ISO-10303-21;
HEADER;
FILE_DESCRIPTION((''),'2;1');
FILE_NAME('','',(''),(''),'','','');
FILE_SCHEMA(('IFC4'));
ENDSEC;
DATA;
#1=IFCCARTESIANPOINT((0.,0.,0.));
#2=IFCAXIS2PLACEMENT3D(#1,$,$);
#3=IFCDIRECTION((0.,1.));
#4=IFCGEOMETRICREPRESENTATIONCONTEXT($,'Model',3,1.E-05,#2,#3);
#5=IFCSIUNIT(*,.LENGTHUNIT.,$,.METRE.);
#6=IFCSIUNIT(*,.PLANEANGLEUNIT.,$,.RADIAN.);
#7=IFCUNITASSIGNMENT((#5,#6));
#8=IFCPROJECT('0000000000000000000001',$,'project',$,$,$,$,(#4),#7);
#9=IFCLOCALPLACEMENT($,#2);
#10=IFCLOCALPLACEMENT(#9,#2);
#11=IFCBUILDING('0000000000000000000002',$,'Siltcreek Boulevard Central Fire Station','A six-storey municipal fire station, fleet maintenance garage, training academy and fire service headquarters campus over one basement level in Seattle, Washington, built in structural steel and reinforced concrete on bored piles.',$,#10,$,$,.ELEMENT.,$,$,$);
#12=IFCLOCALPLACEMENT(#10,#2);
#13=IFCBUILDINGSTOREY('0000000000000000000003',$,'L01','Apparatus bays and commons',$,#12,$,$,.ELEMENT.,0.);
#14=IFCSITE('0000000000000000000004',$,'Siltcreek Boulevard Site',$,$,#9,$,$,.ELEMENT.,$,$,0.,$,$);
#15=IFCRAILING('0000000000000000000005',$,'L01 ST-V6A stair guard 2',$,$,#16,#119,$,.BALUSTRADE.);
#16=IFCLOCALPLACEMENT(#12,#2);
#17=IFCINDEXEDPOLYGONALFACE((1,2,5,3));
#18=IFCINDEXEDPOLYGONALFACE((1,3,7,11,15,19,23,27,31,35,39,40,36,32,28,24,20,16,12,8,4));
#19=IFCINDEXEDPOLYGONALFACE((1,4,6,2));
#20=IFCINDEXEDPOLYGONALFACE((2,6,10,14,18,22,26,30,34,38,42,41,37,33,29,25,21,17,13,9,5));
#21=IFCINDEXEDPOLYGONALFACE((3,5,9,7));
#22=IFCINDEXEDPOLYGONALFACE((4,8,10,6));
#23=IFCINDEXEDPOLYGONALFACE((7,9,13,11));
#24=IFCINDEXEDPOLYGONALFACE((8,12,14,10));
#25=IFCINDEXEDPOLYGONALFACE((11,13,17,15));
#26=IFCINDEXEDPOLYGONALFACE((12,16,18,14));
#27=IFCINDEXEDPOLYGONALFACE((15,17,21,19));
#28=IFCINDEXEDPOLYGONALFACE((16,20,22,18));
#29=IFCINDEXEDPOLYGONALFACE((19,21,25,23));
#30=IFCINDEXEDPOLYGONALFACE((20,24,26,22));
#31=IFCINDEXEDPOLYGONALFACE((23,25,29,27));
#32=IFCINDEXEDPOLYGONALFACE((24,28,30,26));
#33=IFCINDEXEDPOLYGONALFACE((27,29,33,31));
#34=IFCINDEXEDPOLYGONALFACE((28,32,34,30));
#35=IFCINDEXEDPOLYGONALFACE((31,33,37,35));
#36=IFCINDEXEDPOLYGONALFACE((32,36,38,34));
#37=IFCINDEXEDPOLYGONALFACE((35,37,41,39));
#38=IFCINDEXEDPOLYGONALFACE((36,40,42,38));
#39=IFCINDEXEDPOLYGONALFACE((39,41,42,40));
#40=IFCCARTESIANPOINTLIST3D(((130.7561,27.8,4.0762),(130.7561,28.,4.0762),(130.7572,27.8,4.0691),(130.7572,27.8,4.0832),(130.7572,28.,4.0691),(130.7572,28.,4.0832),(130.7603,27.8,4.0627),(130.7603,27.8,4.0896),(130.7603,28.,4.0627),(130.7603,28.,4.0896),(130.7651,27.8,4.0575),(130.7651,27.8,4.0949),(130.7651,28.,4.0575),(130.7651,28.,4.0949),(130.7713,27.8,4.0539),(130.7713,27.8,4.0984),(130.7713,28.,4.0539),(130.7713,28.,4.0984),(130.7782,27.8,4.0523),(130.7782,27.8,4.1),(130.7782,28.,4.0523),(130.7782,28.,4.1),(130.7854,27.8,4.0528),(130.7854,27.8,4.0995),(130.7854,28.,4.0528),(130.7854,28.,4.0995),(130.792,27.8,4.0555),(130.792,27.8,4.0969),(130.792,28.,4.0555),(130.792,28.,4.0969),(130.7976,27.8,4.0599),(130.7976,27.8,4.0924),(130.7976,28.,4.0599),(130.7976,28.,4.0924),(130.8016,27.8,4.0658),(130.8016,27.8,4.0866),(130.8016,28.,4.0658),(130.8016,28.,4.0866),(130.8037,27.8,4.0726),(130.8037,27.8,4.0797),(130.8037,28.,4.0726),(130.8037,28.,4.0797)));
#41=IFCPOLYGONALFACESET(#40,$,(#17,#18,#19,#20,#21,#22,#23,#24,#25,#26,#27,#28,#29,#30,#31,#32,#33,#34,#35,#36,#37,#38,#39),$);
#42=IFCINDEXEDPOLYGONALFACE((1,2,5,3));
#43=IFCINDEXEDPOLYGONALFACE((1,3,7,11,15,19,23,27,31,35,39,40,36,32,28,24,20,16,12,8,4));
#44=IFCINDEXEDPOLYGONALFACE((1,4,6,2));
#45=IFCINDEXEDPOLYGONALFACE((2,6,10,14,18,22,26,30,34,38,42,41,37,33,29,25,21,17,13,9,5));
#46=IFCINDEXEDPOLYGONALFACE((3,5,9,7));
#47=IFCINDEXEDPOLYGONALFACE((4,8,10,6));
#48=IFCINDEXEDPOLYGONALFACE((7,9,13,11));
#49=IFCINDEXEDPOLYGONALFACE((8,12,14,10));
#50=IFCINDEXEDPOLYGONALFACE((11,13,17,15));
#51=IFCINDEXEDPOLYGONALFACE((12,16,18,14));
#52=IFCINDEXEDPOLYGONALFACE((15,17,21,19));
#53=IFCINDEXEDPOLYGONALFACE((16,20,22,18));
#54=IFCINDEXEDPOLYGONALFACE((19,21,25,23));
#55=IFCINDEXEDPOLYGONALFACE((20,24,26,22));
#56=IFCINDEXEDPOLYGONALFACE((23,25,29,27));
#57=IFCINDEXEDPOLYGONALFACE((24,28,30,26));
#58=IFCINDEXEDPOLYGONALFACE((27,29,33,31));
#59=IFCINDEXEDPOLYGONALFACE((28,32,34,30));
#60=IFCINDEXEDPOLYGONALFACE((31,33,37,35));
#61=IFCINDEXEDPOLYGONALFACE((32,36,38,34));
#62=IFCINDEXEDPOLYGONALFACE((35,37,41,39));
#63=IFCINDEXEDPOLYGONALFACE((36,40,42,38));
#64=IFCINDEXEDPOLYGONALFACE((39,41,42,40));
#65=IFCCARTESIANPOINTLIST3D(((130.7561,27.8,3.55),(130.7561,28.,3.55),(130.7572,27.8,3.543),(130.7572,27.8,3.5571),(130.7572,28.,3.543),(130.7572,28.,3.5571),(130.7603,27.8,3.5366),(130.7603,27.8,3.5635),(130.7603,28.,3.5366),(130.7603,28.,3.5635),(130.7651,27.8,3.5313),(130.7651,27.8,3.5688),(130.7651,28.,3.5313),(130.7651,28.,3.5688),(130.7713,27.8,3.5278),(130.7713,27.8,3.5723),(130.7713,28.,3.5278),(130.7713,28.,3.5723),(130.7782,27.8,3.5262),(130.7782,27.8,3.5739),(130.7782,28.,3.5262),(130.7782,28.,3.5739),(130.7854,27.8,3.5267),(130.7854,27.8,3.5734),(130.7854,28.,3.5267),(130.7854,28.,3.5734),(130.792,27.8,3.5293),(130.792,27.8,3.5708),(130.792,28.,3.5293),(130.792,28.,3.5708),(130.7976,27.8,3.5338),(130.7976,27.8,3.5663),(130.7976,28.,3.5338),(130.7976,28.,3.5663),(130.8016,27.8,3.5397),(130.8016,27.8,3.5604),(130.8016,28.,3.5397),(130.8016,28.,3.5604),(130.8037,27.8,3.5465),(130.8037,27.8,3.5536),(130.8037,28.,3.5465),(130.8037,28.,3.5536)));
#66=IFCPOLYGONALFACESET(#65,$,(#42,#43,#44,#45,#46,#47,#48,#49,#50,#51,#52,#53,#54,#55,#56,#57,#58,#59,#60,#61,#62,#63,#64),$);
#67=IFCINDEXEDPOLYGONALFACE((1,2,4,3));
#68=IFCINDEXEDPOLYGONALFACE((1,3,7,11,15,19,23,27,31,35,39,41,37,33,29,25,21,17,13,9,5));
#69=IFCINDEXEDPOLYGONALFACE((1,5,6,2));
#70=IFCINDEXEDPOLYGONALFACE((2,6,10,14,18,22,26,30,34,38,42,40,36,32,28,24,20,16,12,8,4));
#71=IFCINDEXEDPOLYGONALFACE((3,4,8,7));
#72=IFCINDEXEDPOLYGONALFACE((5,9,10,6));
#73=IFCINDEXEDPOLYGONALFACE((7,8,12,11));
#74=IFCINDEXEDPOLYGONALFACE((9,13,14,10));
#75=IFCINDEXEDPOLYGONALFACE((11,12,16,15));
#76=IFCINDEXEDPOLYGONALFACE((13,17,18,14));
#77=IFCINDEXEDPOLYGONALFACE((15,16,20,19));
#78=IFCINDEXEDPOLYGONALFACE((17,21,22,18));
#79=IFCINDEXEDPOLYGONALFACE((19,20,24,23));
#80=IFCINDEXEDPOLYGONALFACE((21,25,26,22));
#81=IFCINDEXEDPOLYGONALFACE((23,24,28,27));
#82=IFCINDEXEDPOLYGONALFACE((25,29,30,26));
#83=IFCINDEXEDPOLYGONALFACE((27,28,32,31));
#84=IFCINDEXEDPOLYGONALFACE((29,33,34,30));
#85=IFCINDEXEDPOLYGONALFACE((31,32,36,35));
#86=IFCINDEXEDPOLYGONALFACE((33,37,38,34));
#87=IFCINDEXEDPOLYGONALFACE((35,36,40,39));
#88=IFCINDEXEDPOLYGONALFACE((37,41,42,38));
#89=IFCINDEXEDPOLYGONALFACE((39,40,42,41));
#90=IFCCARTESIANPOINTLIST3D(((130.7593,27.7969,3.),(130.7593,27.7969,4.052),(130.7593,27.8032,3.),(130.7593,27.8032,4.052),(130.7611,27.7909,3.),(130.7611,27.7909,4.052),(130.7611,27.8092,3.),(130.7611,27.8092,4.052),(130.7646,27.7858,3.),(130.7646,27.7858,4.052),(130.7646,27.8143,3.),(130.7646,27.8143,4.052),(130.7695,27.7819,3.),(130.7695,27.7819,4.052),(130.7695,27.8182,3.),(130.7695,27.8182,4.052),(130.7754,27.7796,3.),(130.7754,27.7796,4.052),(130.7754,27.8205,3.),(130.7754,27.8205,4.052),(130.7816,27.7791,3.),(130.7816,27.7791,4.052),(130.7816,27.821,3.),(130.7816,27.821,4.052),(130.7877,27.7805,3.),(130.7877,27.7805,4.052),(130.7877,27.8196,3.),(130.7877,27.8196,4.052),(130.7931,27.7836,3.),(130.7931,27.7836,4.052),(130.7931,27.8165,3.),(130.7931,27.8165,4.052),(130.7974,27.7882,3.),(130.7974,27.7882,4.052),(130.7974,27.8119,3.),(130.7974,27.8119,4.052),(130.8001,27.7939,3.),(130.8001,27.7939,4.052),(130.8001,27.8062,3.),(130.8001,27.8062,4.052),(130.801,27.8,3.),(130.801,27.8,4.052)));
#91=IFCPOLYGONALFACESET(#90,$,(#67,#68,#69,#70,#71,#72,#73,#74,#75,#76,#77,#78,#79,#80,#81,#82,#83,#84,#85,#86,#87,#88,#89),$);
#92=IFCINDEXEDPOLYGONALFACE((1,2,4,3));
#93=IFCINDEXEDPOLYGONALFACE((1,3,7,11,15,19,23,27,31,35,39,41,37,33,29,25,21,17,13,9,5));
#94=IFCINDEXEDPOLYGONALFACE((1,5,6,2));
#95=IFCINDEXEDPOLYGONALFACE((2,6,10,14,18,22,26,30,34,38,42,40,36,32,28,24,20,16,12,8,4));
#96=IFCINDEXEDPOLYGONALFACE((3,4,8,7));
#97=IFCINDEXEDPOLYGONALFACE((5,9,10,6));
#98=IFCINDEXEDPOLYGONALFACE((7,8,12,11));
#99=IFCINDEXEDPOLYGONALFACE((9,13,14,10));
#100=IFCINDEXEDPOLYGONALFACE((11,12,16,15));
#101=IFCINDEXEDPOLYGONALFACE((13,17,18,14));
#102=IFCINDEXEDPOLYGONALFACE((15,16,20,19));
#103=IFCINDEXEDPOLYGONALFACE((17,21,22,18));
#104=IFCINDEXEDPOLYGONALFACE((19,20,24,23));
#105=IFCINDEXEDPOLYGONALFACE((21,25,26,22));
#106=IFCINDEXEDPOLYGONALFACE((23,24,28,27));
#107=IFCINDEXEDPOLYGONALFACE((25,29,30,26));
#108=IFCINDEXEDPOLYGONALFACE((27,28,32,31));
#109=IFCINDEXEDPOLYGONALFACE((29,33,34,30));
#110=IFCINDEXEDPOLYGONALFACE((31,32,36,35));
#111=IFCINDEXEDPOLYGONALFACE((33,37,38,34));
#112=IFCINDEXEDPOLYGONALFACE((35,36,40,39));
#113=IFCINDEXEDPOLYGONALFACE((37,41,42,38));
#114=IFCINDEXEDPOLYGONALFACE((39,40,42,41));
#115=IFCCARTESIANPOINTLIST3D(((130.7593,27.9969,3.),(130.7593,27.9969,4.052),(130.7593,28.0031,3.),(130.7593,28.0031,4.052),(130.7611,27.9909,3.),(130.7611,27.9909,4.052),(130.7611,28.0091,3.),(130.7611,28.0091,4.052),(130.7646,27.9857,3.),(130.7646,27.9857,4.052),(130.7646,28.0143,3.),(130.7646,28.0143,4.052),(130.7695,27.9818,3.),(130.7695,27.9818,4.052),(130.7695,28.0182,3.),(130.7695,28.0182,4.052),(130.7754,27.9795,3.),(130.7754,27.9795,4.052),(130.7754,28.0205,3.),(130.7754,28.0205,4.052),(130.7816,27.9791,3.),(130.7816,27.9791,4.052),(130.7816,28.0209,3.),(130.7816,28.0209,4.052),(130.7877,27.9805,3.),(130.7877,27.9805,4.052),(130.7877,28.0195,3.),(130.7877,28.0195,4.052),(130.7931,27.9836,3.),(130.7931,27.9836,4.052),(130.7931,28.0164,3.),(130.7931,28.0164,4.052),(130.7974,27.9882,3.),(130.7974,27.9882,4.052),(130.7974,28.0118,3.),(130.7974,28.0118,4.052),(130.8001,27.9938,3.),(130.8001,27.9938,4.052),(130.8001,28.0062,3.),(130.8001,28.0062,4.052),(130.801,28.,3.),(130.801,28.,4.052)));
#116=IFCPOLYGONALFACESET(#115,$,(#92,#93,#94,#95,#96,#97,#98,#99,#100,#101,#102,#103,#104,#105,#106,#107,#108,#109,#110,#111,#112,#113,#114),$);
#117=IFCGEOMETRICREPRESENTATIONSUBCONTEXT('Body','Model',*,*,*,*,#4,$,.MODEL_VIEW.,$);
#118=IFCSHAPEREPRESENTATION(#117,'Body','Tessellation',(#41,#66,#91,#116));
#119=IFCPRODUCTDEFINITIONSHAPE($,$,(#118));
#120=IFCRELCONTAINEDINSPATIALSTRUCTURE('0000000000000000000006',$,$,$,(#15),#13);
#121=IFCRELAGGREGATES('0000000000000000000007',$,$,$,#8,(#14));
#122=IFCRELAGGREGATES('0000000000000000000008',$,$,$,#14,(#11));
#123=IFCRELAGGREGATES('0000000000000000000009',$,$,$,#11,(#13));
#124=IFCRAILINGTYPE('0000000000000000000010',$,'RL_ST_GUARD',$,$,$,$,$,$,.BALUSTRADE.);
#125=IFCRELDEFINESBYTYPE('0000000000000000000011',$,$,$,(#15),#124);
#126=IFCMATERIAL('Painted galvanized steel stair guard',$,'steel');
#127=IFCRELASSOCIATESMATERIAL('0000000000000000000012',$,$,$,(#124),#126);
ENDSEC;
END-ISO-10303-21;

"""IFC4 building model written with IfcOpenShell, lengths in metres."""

from ifc_helpers import new_model, si_unit, direction, frame, origin, origin_2d, place, context, subcontext, project, spatial, circle, extrude, material, type_object, element, save


model = new_model("IFC4")

# Units and contexts
model_context = context("Model", 3, precision=1e-05, world=origin(), true_north=direction((0.0, 1.0)))
body_context = subcontext(model_context, "Body", "Model", "MODEL_VIEW")
ifc_project = project(units=[si_unit("LENGTHUNIT", "METRE"), si_unit("PLANEANGLEUNIT", "RADIAN")], contexts=[model_context])

# Site, building, storey
site_placement = place(None, origin())
site = spatial("IfcSite", under=ifc_project, at=site_placement, Name="Siltcreek Boulevard Site", CompositionType="ELEMENT", RefElevation=0.0)
building_placement = place(site_placement, origin())
building = spatial("IfcBuilding", under=site, at=building_placement, Name="Siltcreek Boulevard Central Fire Station", Description="A six-storey municipal fire station, fleet maintenance garage, training academy and fire service headquarters campus over one basement level in Seattle, Washington, built in structural steel and reinforced concrete on bored piles.", CompositionType="ELEMENT")
storey_placement = place(building_placement, origin())
storey = spatial("IfcBuildingStorey", under=building, at=storey_placement, Name="L01", Description="Apparatus bays and commons", CompositionType="ELEMENT", Elevation=0.0)

# Railing
ifc_material_1 = material(Name="Painted galvanized steel stair guard", Category="steel")
railing_type_1 = type_object("IfcRailingType", Name="RL_ST_GUARD", PredefinedType="BALUSTRADE", material=ifc_material_1)
railing_1_placement = place(storey_placement, frame((130.78, 27.8, 3.0)))
element("IfcRailing", 1, at=railing_1_placement, inside=storey, type_object=railing_type_1, Name="L01 ST-V6A stair guard 2", PredefinedType="BALUSTRADE", context=body_context, shape_type="SweptSolid", body=[
    extrude(circle(Radius=0.0239, at=origin_2d()), frame((0.0, 0.0, 1.0762), z_axis=(0.0, 1.0, 0.0), x_axis=(-1.0, 0.0, 0.0)), (0.0, 0.0, 1.0), 0.2),
    extrude(circle(Radius=0.0239, at=origin_2d()), frame((0.0, 0.0, 0.55), z_axis=(0.0, 1.0, 0.0), x_axis=(-1.0, 0.0, 0.0)), (0.0, 0.0, 1.0), 0.2),
    extrude(circle(Radius=0.021, at=origin_2d()), origin(), (0.0, 0.0, 1.0), 1.052),
    extrude(circle(Radius=0.021, at=origin_2d()), frame((0.0, 0.2, 0.0)), (0.0, 0.0, 1.0), 1.052),
])

save(model, "model.ifc")
